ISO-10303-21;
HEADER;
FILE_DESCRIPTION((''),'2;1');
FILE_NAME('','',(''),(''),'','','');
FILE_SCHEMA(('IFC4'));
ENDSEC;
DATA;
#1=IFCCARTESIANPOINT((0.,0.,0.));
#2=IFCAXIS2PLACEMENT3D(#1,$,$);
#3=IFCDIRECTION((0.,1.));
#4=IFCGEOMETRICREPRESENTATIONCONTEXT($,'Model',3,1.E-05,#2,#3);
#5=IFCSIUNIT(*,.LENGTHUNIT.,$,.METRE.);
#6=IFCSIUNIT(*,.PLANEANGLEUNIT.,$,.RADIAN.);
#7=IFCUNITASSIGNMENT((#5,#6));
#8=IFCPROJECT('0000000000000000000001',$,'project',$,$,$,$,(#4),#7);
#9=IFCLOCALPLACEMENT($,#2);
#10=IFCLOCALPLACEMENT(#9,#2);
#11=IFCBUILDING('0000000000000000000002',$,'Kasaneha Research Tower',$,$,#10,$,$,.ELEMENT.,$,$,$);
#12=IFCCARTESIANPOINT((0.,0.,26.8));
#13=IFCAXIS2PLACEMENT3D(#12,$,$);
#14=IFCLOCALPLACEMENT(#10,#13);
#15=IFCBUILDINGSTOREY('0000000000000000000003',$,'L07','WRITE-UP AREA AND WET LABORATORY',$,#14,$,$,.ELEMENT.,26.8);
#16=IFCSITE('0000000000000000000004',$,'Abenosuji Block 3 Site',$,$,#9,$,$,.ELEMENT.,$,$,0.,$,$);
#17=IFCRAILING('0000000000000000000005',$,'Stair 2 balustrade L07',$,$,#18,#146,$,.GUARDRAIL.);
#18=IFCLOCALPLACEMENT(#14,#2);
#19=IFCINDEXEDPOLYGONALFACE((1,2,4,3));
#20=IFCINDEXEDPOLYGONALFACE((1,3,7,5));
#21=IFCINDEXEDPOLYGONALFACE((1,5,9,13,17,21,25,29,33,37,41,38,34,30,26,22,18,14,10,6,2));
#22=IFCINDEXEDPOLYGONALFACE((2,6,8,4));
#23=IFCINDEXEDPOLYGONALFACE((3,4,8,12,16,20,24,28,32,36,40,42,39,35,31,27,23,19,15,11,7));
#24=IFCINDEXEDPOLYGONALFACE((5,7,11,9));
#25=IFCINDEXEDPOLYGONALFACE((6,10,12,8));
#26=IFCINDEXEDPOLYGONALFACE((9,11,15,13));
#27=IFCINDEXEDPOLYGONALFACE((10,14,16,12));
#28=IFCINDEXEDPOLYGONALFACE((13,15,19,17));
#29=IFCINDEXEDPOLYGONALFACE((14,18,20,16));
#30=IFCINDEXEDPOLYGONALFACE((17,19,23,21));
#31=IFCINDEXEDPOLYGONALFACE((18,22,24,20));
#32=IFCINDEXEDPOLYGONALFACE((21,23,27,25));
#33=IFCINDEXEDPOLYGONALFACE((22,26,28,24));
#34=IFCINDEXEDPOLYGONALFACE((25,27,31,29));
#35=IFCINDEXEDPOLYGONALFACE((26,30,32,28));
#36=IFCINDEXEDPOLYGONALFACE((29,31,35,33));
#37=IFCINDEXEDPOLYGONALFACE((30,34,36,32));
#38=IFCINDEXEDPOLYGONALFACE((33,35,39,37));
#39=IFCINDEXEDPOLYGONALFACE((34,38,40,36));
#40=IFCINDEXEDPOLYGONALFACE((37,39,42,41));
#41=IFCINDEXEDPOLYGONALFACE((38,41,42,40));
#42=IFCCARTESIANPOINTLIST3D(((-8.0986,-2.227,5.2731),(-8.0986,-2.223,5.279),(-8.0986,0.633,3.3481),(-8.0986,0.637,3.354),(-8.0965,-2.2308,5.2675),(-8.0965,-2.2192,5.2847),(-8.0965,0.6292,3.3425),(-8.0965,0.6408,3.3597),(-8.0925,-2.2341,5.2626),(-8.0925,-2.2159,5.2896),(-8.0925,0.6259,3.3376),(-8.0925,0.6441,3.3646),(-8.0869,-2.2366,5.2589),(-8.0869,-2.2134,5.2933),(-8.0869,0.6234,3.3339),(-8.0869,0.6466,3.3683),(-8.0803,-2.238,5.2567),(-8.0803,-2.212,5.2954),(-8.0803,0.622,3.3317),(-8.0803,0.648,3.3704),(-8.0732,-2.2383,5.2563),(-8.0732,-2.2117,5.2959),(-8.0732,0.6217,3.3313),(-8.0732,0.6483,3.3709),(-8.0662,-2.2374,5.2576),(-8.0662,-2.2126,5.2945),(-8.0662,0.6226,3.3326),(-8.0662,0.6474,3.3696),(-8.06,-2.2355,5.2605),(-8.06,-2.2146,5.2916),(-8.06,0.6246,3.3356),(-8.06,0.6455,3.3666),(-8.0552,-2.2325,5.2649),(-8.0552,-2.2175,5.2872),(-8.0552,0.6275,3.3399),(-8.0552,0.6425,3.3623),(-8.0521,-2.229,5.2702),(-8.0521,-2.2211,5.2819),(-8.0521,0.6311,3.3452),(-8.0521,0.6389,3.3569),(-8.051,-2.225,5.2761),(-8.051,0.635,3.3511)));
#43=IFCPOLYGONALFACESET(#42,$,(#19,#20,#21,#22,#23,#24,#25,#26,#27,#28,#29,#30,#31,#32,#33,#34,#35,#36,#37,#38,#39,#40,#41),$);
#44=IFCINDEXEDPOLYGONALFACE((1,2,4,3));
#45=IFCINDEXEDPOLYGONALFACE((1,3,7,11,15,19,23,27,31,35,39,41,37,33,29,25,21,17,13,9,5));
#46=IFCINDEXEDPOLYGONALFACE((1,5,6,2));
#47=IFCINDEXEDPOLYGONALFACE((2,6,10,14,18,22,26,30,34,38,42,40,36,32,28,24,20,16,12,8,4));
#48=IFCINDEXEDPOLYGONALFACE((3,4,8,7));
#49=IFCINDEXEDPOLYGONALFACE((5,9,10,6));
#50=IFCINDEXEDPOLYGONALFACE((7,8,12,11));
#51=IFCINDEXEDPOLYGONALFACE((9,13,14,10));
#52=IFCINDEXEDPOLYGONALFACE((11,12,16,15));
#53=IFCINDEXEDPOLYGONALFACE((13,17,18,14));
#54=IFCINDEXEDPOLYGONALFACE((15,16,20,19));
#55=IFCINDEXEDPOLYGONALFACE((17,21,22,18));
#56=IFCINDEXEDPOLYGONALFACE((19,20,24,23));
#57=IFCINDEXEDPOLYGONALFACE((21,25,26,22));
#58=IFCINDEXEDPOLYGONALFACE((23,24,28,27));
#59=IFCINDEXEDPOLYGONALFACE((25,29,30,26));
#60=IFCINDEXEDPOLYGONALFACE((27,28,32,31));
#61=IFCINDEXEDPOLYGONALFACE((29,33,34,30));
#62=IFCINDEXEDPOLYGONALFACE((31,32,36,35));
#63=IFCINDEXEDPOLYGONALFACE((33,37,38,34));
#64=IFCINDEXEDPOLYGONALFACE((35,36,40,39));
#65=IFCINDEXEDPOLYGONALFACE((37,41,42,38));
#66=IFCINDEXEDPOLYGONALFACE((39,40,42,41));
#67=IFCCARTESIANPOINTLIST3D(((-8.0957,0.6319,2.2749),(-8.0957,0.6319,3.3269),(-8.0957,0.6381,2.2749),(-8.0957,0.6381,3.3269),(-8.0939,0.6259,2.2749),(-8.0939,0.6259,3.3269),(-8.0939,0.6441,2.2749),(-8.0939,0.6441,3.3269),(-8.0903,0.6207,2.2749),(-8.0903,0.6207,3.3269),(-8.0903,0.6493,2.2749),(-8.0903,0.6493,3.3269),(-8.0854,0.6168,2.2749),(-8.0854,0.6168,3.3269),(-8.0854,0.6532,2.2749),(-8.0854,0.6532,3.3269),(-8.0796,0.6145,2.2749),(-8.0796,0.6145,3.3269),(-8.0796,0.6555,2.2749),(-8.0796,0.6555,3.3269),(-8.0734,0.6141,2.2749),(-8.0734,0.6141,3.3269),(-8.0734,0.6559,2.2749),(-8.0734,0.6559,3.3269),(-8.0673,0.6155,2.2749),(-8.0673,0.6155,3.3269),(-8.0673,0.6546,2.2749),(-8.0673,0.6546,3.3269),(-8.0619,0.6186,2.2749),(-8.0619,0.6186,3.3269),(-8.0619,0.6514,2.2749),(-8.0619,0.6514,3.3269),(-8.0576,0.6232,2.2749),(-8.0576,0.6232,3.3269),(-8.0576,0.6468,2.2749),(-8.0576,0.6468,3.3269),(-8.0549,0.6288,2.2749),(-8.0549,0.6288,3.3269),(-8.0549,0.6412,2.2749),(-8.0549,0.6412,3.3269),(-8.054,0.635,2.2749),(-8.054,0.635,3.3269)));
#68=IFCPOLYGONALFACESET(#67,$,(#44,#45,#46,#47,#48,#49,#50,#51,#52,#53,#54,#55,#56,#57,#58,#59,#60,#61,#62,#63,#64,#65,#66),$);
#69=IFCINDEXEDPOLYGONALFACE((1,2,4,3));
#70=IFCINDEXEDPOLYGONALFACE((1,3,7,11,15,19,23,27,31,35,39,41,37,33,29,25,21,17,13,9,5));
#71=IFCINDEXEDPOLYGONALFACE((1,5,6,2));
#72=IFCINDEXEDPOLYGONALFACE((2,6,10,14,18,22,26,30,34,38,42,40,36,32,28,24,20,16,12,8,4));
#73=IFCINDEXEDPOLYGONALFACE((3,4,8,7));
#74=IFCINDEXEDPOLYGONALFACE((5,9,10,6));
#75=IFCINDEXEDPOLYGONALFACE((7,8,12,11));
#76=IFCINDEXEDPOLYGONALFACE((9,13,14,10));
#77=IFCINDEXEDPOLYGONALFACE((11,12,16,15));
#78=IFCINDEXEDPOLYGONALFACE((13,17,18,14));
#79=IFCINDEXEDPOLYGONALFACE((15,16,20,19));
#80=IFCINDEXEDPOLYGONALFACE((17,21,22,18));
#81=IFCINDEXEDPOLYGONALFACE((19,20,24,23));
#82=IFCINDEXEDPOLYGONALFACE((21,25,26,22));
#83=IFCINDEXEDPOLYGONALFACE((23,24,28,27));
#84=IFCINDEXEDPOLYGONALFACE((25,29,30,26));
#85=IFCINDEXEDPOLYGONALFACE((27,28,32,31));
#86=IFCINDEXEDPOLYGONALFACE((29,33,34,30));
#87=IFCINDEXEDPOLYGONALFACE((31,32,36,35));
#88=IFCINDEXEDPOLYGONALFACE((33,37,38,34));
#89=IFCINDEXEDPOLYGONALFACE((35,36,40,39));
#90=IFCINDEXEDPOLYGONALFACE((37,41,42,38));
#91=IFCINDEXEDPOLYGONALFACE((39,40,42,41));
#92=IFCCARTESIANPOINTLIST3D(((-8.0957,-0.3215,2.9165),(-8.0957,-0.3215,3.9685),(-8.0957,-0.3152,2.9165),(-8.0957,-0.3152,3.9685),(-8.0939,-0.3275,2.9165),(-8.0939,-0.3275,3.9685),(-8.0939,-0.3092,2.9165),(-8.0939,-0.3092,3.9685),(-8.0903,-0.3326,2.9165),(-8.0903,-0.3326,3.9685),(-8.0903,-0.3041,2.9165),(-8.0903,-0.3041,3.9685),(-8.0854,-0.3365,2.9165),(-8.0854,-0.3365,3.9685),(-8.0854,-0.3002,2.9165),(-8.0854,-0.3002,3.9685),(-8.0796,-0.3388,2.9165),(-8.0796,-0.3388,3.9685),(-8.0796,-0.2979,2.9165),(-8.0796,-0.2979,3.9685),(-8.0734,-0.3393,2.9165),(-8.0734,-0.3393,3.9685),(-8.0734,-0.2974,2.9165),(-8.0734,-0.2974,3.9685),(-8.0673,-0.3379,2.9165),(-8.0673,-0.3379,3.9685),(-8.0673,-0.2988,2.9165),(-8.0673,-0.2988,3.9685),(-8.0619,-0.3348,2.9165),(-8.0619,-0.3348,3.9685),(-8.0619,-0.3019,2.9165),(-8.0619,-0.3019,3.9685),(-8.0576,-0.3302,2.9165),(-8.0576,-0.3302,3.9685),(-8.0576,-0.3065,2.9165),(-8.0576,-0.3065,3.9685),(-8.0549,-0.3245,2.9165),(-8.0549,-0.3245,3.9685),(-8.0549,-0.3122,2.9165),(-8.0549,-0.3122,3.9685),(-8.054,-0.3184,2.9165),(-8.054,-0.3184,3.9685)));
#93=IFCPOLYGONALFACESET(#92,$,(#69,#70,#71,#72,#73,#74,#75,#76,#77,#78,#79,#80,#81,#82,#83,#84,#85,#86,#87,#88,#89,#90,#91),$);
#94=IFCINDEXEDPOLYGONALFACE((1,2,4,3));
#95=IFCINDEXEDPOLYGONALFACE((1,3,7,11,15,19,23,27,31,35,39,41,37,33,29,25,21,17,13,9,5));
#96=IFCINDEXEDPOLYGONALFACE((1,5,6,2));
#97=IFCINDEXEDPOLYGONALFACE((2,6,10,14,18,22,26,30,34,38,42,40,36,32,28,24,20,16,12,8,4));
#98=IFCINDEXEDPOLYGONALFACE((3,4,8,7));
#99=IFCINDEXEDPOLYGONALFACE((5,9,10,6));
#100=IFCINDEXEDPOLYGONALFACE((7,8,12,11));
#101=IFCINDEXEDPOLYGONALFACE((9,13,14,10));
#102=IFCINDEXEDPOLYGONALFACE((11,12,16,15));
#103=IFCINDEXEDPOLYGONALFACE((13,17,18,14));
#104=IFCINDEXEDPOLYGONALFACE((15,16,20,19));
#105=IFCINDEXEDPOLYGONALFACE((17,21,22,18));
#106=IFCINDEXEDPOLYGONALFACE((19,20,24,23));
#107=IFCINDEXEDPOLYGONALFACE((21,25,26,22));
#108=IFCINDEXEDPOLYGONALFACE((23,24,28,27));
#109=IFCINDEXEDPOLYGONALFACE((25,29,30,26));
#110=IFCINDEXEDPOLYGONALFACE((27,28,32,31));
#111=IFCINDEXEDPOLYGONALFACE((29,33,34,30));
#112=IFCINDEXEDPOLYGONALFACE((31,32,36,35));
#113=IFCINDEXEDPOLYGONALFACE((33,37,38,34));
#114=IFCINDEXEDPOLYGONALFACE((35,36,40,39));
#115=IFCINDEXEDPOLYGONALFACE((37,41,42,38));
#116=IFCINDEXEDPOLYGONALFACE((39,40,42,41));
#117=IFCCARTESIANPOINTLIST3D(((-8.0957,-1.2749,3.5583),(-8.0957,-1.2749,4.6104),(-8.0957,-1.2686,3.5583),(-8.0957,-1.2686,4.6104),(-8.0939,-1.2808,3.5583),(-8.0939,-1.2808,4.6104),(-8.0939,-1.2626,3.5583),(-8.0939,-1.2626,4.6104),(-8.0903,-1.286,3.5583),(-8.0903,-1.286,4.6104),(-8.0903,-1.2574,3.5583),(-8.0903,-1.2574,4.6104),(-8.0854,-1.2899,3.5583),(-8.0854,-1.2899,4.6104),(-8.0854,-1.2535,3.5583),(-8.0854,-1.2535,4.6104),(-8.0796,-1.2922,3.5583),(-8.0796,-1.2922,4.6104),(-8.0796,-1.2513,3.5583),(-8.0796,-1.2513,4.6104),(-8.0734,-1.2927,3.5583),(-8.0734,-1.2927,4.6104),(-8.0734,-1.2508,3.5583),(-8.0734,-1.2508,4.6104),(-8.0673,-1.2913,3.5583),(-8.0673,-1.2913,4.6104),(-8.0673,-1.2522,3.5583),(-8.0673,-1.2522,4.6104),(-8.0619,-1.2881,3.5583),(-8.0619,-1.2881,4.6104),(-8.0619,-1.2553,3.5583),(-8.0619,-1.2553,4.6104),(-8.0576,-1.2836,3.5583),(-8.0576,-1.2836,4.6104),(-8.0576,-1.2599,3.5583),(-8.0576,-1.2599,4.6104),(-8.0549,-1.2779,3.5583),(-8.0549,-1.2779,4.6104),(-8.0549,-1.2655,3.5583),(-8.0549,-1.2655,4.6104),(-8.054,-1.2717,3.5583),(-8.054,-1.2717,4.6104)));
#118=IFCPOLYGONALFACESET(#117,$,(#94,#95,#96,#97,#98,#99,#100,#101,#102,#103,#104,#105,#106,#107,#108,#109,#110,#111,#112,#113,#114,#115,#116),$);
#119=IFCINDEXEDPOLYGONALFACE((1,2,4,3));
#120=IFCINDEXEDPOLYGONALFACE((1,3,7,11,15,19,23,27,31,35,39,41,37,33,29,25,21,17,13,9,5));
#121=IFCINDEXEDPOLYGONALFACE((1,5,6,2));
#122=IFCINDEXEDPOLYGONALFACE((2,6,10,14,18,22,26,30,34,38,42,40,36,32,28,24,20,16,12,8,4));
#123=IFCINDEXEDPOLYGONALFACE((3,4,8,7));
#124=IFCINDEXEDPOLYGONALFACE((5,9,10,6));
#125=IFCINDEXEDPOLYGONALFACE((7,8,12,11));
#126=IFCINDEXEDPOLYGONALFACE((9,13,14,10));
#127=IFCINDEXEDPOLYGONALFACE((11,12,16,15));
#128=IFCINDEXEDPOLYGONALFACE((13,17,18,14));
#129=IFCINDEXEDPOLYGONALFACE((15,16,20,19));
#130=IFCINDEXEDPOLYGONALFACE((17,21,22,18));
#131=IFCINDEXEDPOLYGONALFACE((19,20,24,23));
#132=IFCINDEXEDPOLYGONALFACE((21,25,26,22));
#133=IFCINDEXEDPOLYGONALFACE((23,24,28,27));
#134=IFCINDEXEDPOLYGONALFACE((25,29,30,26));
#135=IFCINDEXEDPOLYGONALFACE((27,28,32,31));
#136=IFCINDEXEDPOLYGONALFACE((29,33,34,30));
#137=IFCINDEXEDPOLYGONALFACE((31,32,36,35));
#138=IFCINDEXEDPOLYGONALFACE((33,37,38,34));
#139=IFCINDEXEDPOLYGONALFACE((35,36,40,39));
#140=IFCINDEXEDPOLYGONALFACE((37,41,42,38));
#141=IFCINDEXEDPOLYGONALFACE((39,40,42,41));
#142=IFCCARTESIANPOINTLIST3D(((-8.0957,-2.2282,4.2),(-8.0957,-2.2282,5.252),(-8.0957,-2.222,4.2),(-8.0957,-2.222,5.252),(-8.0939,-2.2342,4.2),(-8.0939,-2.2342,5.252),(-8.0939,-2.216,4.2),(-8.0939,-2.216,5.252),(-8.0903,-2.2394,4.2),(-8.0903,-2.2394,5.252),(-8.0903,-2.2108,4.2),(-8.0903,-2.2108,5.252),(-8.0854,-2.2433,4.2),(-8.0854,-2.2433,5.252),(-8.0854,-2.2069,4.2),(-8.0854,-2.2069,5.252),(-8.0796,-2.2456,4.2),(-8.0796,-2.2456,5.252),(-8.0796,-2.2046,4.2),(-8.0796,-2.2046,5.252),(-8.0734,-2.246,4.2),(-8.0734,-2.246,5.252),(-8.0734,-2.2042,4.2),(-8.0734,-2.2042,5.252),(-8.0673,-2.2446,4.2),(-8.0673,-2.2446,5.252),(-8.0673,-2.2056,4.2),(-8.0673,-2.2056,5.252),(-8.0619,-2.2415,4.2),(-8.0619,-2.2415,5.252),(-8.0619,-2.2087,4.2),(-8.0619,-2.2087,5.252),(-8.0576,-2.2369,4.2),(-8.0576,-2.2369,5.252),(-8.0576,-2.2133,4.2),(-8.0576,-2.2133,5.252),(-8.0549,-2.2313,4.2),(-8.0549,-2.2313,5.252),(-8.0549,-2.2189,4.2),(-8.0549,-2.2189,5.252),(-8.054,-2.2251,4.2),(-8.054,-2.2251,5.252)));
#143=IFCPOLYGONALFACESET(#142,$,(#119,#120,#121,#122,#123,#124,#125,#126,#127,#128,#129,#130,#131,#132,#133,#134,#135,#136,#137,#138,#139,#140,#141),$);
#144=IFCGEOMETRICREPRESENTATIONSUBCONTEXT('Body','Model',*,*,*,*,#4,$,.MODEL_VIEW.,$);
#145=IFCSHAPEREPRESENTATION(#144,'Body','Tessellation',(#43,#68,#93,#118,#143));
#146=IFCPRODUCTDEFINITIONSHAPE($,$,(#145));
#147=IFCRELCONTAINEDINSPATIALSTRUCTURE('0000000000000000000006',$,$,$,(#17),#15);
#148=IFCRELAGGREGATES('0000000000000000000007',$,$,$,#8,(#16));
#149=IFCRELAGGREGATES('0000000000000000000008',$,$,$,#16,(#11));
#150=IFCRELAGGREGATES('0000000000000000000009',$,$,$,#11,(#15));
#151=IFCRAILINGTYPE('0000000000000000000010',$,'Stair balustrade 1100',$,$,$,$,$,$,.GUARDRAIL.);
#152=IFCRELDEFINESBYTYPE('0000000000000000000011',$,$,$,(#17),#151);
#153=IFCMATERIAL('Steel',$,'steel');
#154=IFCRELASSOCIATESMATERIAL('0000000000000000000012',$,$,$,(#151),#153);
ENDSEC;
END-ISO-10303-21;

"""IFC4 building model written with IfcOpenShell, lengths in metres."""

from ifc_helpers import new_model, si_unit, direction, frame, origin, origin_2d, place, context, subcontext, project, spatial, circle, extrude, material, type_object, element, save


model = new_model("IFC4")

# Units and contexts
model_context = context("Model", 3, precision=1e-05, world=origin(), true_north=direction((0.0, 1.0)))
body_context = subcontext(model_context, "Body", "Model", "MODEL_VIEW")
ifc_project = project(units=[si_unit("LENGTHUNIT", "METRE"), si_unit("PLANEANGLEUNIT", "RADIAN")], contexts=[model_context])

# Site, building, storey
site_placement = place(None, origin())
site = spatial("IfcSite", under=ifc_project, at=site_placement, Name="Abenosuji Block 3 Site", CompositionType="ELEMENT", RefElevation=0.0)
building_placement = place(site_placement, origin())
building = spatial("IfcBuilding", under=site, at=building_placement, Name="Kasaneha Research Tower", CompositionType="ELEMENT")
storey_placement = place(building_placement, frame((0.0, 0.0, 26.8)))
storey = spatial("IfcBuildingStorey", under=building, at=storey_placement, Name="L07", Description="WRITE-UP AREA AND WET LABORATORY", CompositionType="ELEMENT", Elevation=26.8)

# Railing
ifc_material_1 = material(Name="Steel", Category="steel")
railing_type_1 = type_object("IfcRailingType", Name="Stair balustrade 1100", PredefinedType="GUARDRAIL", material=ifc_material_1)
railing_1_placement = place(storey_placement, frame((-8.075, 0.635, 2.2749)))
element("IfcRailing", 1, at=railing_1_placement, inside=storey, type_object=railing_type_1, Name="Stair 2 balustrade L07", PredefinedType="GUARDRAIL", context=body_context, shape_type="SweptSolid", body=[
    extrude(circle(Radius=0.0239, at=origin_2d()), frame((0.0, 0.0, 1.0762), z_axis=(0.0, -0.829591, 0.558372), x_axis=(1.0, 0.0, 0.0)), (0.0, 0.0, 1.0), 3.4475),
    extrude(circle(Radius=0.021, at=origin_2d()), origin(), (0.0, 0.0, 1.0), 1.052),
    extrude(circle(Radius=0.021, at=origin_2d()), frame((0.0, -0.9534, 0.6416)), (0.0, 0.0, 1.0), 1.052),
    extrude(circle(Radius=0.021, at=origin_2d()), frame((0.0, -1.9067, 1.2834)), (0.0, 0.0, 1.0), 1.052),
    extrude(circle(Radius=0.021, at=origin_2d()), frame((0.0, -2.8601, 1.925)), (0.0, 0.0, 1.0), 1.052),
])

save(model, "model.ifc")
